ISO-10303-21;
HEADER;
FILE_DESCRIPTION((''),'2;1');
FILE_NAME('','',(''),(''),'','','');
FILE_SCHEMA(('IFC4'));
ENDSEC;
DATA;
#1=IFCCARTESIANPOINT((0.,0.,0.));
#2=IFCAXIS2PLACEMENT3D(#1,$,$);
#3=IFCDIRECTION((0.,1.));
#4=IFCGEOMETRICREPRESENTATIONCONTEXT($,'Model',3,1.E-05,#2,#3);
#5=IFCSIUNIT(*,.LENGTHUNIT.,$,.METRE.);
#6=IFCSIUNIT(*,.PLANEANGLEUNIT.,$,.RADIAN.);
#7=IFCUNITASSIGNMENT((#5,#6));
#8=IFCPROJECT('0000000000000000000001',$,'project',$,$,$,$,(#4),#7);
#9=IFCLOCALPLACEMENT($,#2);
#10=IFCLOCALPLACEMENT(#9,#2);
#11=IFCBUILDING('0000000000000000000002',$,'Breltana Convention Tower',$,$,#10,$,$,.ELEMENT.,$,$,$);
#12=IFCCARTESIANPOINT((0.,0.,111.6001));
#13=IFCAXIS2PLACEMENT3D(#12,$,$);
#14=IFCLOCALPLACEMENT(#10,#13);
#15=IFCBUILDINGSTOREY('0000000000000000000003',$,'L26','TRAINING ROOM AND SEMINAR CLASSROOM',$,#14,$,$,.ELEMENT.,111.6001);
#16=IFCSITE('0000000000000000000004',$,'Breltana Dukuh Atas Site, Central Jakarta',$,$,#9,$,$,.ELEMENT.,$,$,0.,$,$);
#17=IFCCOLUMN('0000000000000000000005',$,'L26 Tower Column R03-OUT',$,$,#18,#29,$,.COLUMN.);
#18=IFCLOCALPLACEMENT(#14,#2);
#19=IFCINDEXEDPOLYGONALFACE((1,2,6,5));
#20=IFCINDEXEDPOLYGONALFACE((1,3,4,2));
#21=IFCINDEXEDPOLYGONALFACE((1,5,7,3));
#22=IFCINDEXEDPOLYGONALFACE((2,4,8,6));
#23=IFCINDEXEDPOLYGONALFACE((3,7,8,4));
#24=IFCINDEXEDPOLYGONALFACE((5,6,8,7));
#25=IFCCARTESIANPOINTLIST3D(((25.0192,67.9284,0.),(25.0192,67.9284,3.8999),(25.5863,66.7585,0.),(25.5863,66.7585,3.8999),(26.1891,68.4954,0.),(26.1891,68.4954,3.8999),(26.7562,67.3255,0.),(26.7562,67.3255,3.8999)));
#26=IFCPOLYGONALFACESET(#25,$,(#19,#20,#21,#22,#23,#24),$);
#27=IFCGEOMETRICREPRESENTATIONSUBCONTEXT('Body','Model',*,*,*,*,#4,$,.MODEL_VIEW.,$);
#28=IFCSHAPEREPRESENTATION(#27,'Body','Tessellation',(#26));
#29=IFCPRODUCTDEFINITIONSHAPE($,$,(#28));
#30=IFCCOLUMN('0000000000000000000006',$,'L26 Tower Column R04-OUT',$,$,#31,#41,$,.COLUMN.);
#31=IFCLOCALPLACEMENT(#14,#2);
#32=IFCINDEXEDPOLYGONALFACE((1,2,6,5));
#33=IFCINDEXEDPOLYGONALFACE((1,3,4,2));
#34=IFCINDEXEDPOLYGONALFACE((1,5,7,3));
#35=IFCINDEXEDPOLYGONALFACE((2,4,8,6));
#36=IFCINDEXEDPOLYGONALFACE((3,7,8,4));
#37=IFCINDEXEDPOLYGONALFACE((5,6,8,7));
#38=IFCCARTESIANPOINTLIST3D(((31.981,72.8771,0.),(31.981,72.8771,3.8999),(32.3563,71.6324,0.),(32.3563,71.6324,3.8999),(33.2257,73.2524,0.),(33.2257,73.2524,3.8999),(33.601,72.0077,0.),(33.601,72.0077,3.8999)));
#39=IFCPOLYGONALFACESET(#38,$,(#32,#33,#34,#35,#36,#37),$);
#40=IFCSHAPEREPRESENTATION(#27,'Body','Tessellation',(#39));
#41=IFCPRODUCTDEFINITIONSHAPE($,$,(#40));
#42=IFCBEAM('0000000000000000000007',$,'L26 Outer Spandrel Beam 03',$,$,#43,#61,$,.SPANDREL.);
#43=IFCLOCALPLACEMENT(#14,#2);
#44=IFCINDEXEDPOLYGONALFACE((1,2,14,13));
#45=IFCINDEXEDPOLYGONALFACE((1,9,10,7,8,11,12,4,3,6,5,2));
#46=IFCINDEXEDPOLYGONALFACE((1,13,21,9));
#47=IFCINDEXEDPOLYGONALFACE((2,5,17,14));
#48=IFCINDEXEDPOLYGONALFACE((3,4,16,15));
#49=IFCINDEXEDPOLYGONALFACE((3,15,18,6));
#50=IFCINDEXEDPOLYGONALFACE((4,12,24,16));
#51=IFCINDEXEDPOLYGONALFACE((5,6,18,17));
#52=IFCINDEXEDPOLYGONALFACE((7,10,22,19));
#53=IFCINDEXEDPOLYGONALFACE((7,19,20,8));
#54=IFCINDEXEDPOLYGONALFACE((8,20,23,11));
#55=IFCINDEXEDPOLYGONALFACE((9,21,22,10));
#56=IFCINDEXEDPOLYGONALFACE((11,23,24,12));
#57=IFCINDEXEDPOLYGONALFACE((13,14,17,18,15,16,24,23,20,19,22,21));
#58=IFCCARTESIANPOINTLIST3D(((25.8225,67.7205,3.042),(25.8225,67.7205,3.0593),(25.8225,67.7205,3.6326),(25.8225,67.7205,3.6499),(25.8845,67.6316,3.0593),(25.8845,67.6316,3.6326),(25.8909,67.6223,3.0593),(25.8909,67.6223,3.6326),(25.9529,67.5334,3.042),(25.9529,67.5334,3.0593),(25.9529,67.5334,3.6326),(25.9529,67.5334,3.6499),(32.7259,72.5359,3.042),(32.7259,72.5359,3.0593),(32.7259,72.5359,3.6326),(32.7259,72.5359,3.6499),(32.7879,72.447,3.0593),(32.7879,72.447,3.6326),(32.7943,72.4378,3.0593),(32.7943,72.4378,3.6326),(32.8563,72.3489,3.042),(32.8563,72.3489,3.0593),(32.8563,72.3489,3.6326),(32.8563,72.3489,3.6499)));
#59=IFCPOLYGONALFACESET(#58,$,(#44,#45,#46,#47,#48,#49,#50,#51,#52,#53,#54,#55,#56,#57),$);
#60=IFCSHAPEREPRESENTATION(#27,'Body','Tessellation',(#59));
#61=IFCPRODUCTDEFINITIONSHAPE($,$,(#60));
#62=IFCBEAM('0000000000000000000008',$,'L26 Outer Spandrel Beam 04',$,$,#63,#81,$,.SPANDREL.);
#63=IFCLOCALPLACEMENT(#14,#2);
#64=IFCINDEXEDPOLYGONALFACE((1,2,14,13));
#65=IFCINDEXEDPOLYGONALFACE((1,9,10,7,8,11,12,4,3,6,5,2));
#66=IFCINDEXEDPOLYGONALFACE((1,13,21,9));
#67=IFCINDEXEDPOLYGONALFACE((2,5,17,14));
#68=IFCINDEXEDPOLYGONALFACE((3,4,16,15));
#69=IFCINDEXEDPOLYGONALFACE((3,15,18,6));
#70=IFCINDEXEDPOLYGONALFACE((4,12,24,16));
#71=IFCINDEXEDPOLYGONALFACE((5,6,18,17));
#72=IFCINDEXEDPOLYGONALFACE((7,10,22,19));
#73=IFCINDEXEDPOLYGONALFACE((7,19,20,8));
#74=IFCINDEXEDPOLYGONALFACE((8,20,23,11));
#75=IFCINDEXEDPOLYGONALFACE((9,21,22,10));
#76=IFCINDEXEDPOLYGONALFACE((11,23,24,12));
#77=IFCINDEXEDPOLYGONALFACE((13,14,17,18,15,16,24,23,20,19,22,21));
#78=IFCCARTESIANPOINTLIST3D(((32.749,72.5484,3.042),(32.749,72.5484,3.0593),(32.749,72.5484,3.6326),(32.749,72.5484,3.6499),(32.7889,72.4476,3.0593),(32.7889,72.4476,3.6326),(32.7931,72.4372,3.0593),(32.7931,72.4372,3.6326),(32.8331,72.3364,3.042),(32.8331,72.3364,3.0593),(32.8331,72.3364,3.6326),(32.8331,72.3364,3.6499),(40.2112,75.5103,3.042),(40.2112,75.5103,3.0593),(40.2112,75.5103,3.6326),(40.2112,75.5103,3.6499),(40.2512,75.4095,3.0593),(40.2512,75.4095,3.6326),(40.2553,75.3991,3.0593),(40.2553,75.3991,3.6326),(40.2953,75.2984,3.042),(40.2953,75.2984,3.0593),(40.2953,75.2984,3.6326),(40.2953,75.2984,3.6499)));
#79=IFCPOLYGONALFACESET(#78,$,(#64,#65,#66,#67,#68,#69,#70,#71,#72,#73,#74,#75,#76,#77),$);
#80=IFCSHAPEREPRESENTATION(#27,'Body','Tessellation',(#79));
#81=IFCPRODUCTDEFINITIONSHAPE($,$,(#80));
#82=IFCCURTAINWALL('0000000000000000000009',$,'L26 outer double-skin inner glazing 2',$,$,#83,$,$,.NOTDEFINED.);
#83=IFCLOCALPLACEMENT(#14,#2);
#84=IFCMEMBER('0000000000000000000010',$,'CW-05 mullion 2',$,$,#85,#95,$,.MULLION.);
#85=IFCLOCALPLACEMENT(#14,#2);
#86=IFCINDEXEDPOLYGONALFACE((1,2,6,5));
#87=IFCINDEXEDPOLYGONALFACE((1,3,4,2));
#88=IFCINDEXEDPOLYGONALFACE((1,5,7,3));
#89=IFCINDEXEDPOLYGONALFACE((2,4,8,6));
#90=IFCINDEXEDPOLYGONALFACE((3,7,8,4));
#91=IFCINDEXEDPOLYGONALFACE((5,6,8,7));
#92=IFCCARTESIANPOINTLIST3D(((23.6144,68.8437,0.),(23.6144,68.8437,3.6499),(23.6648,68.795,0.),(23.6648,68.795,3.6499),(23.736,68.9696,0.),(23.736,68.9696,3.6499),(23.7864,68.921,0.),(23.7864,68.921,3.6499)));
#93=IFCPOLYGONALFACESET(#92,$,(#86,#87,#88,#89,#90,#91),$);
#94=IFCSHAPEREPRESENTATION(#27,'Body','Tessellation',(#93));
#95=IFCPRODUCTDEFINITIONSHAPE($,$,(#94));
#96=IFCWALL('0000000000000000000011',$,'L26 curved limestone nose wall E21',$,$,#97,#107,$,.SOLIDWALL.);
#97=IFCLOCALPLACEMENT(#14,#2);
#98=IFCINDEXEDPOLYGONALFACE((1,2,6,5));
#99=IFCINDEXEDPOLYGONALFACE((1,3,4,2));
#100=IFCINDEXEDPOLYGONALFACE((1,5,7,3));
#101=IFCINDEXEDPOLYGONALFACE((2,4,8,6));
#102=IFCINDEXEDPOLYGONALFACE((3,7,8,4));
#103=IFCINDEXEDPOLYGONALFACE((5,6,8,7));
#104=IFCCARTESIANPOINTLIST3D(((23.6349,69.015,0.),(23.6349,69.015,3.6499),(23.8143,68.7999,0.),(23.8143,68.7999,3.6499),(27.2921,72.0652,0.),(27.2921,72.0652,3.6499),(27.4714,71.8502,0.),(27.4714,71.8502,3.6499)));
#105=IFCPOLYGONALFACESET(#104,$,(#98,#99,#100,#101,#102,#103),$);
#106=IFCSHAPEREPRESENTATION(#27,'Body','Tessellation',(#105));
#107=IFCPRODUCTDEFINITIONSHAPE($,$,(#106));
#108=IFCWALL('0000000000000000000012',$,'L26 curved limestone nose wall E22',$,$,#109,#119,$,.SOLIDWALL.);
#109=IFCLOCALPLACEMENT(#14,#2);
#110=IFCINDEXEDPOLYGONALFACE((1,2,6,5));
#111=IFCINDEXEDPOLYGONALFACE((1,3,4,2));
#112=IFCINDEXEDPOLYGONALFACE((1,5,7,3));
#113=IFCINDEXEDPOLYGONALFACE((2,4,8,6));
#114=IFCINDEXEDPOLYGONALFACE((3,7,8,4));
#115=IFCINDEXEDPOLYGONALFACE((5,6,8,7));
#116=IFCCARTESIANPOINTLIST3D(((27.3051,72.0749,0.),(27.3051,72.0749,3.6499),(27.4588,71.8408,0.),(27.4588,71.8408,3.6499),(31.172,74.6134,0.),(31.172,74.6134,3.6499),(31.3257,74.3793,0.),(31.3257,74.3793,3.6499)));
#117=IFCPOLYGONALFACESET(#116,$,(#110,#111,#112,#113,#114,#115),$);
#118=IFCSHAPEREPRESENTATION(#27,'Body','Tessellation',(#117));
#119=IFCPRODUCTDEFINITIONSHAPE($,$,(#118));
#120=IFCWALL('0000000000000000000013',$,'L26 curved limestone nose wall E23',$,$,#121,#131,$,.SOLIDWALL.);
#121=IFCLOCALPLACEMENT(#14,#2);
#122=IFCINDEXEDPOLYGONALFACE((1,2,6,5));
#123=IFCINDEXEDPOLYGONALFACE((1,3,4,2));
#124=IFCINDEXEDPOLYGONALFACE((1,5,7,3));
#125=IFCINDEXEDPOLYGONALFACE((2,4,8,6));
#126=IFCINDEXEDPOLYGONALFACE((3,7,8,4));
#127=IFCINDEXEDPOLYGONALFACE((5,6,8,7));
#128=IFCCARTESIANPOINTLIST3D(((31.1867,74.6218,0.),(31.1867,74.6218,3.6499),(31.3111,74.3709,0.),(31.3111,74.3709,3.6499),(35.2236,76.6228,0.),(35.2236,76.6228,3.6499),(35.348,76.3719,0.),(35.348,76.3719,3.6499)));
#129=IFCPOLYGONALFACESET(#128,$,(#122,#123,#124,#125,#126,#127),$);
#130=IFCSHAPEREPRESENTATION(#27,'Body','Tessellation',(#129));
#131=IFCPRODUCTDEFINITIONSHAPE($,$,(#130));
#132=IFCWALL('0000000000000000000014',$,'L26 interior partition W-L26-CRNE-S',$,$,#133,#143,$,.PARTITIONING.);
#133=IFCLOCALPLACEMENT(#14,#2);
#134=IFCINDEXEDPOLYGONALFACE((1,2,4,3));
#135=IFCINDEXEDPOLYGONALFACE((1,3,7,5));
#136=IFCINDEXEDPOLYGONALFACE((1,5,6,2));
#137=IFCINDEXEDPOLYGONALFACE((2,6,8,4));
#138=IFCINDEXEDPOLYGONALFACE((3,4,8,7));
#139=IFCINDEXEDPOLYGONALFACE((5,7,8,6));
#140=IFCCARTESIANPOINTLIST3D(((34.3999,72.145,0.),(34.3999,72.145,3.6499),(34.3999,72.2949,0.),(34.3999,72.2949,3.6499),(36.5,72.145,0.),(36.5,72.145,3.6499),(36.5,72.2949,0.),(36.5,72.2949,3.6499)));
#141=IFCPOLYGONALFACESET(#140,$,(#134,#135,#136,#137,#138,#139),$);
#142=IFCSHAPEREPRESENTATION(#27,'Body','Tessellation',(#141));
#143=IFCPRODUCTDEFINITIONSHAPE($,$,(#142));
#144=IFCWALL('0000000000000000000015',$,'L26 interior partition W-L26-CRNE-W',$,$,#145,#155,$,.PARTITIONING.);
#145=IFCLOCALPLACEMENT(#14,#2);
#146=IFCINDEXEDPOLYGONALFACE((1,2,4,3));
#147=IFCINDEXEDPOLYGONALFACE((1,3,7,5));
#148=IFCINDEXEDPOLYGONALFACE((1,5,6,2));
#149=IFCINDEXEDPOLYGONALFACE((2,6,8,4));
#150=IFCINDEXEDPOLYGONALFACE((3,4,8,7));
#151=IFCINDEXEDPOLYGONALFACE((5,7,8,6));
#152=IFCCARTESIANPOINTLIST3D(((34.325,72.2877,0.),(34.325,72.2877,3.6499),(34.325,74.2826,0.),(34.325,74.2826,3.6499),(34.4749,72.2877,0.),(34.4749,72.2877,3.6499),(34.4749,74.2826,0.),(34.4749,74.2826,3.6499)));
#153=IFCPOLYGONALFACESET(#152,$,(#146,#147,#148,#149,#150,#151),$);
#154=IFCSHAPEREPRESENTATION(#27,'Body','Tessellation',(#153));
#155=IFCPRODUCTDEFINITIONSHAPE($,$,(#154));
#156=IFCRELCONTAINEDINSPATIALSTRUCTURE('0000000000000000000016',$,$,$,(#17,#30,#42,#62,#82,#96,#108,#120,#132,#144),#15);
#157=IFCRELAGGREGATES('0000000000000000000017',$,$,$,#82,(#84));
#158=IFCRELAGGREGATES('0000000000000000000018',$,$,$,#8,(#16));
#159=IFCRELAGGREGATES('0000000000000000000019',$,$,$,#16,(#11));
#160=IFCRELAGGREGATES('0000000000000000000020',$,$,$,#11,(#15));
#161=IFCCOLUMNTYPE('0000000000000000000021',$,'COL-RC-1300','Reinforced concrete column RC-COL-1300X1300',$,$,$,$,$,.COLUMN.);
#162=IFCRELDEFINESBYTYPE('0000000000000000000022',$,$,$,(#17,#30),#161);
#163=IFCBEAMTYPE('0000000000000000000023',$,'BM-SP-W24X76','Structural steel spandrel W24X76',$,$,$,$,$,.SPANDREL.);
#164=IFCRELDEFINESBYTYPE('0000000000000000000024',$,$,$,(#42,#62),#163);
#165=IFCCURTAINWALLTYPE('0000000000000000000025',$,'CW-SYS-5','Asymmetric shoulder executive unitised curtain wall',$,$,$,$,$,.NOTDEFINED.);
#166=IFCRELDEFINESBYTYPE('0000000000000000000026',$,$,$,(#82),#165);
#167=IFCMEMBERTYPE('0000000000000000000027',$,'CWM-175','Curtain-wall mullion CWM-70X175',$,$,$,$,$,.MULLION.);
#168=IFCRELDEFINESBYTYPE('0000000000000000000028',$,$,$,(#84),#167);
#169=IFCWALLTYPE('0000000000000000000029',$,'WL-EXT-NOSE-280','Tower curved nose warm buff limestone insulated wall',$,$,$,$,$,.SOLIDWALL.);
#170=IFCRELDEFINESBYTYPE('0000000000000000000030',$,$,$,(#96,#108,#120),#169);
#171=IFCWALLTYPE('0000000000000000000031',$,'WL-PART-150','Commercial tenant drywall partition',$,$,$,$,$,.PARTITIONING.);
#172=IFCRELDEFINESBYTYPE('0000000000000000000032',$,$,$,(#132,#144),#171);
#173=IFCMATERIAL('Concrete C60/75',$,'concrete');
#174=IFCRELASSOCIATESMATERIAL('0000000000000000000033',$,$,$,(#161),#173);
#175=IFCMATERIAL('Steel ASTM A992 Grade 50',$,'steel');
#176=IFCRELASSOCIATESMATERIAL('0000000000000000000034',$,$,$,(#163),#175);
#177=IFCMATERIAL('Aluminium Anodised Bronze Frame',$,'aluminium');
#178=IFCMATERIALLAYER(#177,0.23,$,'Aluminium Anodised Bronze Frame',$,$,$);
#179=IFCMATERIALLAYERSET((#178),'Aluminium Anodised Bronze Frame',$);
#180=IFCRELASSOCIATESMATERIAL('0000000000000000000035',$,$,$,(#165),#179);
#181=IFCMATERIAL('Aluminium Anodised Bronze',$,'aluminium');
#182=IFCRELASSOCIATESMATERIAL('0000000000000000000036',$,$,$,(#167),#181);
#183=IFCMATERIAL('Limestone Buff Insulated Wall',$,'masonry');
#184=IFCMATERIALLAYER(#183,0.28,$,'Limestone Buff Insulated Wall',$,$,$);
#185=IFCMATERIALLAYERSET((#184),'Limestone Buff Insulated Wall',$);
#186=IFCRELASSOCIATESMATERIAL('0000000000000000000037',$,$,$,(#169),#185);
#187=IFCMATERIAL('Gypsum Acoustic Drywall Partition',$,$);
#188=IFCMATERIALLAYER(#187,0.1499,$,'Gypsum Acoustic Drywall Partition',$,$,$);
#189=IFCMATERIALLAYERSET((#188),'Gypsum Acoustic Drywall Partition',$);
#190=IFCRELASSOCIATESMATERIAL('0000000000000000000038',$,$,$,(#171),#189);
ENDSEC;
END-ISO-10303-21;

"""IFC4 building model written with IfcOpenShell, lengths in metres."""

from ifc_helpers import new_model, si_unit, direction, frame, frame_2d, origin, origin_2d, place, context, subcontext, project, spatial, rectangle, i_section, extrude, source, transform, mapped, material, layer, layer_set, material_profile, profile_set, type_object, element, aggregate, save


model = new_model("IFC4")

# Units and contexts
model_context = context("Model", 3, precision=1e-05, world=origin(), true_north=direction((0.0, 1.0)))
body_context = subcontext(model_context, "Body", "Model", "MODEL_VIEW")
ifc_project = project(units=[si_unit("LENGTHUNIT", "METRE"), si_unit("PLANEANGLEUNIT", "RADIAN")], contexts=[model_context])

# Site, building, storey
site_placement = place(None, origin())
site = spatial("IfcSite", under=ifc_project, at=site_placement, Name="Breltana Dukuh Atas Site, Central Jakarta", CompositionType="ELEMENT", RefElevation=0.0)
building_placement = place(site_placement, origin())
building = spatial("IfcBuilding", under=site, at=building_placement, Name="Breltana Convention Tower", CompositionType="ELEMENT")
storey_placement = place(building_placement, frame((0.0, 0.0, 111.6001)))
storey = spatial("IfcBuildingStorey", under=building, at=storey_placement, Name="L26", Description="TRAINING ROOM AND SEMINAR CLASSROOM", CompositionType="ELEMENT", Elevation=111.6001)

# Columns
ifc_material_1 = material(Name="Concrete C60/75", Category="concrete")
ifc_material_profile_1 = material_profile(ifc_material_1, rectangle(XDim=1.3, YDim=1.3, at=origin_2d()), Name="RC-COL-1300X1300")
ifc_profile_set_1 = profile_set([ifc_material_profile_1], Name="Concrete C60/75")
column_type = type_object("IfcColumnType", Name="COL-RC-1300", Description="Reinforced concrete column RC-COL-1300X1300", PredefinedType="COLUMN", material=ifc_profile_set_1)
shared_shape_1 = source(origin(), body_context, "Body", "SweptSolid", [
    extrude(rectangle(XDim=1.3, YDim=1.3, at=origin_2d()), origin(), (0.0, 0.0, 1.0), 3.8999),
])
for number, where, z_axis, x_axis, name in (
    (1, (25.8877, 67.627, 0.0), (0.0, 0.0, 1.0), (-0.436174, 0.899863, 0.0), "L26 Tower Column R03-OUT"),
    (2, (32.791, 72.4424, 0.0), (0.0, 0.0, 1.0), (-0.288698, 0.95742, 0.0), "L26 Tower Column R04-OUT"),
):
    element("IfcColumn", number, at=place(storey_placement, frame(where, z_axis=z_axis, x_axis=x_axis)), inside=storey, type_object=column_type, Name=name, PredefinedType="COLUMN", context=body_context, shape_type="MappedRepresentation", body=[
        mapped(shared_shape_1, transform((0.0, 0.0, 0.0), scale=1.0)),
    ])

# Beams
ifc_material_2 = material(Name="Steel ASTM A992 Grade 50", Category="steel")
ifc_material_profile_2 = material_profile(ifc_material_2, i_section(OverallWidth=0.228, OverallDepth=0.6079, WebThickness=0.0112, FlangeThickness=0.0173, at=origin_2d()), Name="W24X76")
ifc_profile_set_2 = profile_set([ifc_material_profile_2], Name="Steel ASTM A992 Grade 50")
beam_type = type_object("IfcBeamType", Name="BM-SP-W24X76", Description="Structural steel spandrel W24X76", PredefinedType="SPANDREL", material=ifc_profile_set_2)
shared_shape_2 = source(origin(), body_context, "Body", "SweptSolid", [
    extrude(i_section(OverallWidth=0.228, OverallDepth=0.6079, WebThickness=0.0112, FlangeThickness=0.0173, at=origin_2d()), origin(), (0.0, 0.0, 1.0), 8.417),
])
beam_1_placement = place(storey_placement, frame((25.8877, 67.627, 3.3459), z_axis=(0.820174, 0.572114, 0.0), x_axis=(-0.572114, 0.820174, 0.0)))
element("IfcBeam", 3, at=beam_1_placement, inside=storey, type_object=beam_type, Name="L26 Outer Spandrel Beam 03", PredefinedType="SPANDREL", context=body_context, shape_type="MappedRepresentation", body=[
    mapped(shared_shape_2, transform((0.0, 0.0, 0.0), scale=1.0)),
])
shared_shape_3 = source(origin(), body_context, "Body", "SweptSolid", [
    extrude(i_section(OverallWidth=0.228, OverallDepth=0.6079, WebThickness=0.0112, FlangeThickness=0.0173, at=origin_2d()), origin(), (0.0, 0.0, 1.0), 8.0286),
])
beam_2_placement = place(storey_placement, frame((32.791, 72.4424, 3.3459), z_axis=(0.929459, 0.368925, 0.0), x_axis=(-0.368925, 0.929459, 0.0)))
element("IfcBeam", 4, at=beam_2_placement, inside=storey, type_object=beam_type, Name="L26 Outer Spandrel Beam 04", PredefinedType="SPANDREL", context=body_context, shape_type="MappedRepresentation", body=[
    mapped(shared_shape_3, transform((0.0, 0.0, 0.0), scale=1.0)),
])

# Curtain wall, member
ifc_material_3 = material(Name="Aluminium Anodised Bronze Frame", Category="aluminium")
ifc_layer_1 = layer(ifc_material_3, 0.23, Name="Aluminium Anodised Bronze Frame")
ifc_layer_set_1 = layer_set([ifc_layer_1], Name="Aluminium Anodised Bronze Frame")
curtain_wall_type = type_object("IfcCurtainWallType", Name="CW-SYS-5", Description="Asymmetric shoulder executive unitised curtain wall", PredefinedType="NOTDEFINED", material=ifc_layer_set_1)
curtain_wall_placement = place(storey_placement, origin())
curtain_wall = element("IfcCurtainWall", 5, at=curtain_wall_placement, inside=storey, type_object=curtain_wall_type, Name="L26 outer double-skin inner glazing 2", PredefinedType="NOTDEFINED")
ifc_material_4 = material(Name="Aluminium Anodised Bronze", Category="aluminium")
ifc_material_profile_3 = material_profile(ifc_material_4, rectangle(XDim=0.0701, YDim=0.175, at=origin_2d()), Name="CWM-70X175")
ifc_profile_set_3 = profile_set([ifc_material_profile_3], Name="Aluminium Anodised Bronze")
member_type = type_object("IfcMemberType", Name="CWM-175", Description="Curtain-wall mullion CWM-70X175", PredefinedType="MULLION", material=ifc_profile_set_3)
shared_shape_4 = source(origin(), body_context, "Body", "SweptSolid", [
    extrude(rectangle(XDim=0.0701, YDim=0.175, at=origin_2d()), origin(), (0.0, 0.0, 1.0), 3.6499),
])
member_placement = place(storey_placement, frame((23.7004, 68.8823, 0.0), z_axis=(0.0, 0.0, 1.0), x_axis=(-0.719385, 0.694612, 0.0)))
member = element("IfcMember", 6, at=member_placement, type_object=member_type, Name="CW-05 mullion 2", PredefinedType="MULLION", context=body_context, shape_type="MappedRepresentation", body=[
    mapped(shared_shape_4, transform((0.0, 0.0, 0.0), scale=1.0)),
])
aggregate(curtain_wall, [member])

# Walls
ifc_material_5 = material(Name="Limestone Buff Insulated Wall", Category="masonry")
ifc_layer_2 = layer(ifc_material_5, 0.28, Name="Limestone Buff Insulated Wall")
ifc_layer_set_2 = layer_set([ifc_layer_2], Name="Limestone Buff Insulated Wall")
wall_type_1 = type_object("IfcWallType", Name="WL-EXT-NOSE-280", Description="Tower curved nose warm buff limestone insulated wall", PredefinedType="SOLIDWALL", material=ifc_layer_set_2)
shared_shape_5 = source(origin(), body_context, "Body", "SweptSolid", [
    extrude(rectangle(XDim=4.7622, YDim=0.28, at=frame_2d((2.3811, 0.0))), origin(), (0.0, 0.0, 1.0), 3.6499),
])
wall_1_placement = place(storey_placement, frame((23.7246, 68.9075, 0.0), z_axis=(0.0, 0.0, 1.0), x_axis=(0.767952, 0.640507, 0.0)))
element("IfcWall", 7, at=wall_1_placement, inside=storey, type_object=wall_type_1, Name="L26 curved limestone nose wall E21", PredefinedType="SOLIDWALL", context=body_context, shape_type="MappedRepresentation", body=[
    mapped(shared_shape_5, transform((0.0, 0.0, 0.0), scale=1.0)),
])
shared_shape_6 = source(origin(), body_context, "Body", "SweptSolid", [
    extrude(rectangle(XDim=4.6257, YDim=0.28, at=frame_2d((2.313, 0.0))), origin(), (0.0, 0.0, 1.0), 3.6499),
])
wall_2_placement = place(storey_placement, frame((27.3818, 71.9578, 0.0), z_axis=(0.0, 0.0, 1.0), x_axis=(0.835959, 0.548791, 0.0)))
element("IfcWall", 8, at=wall_2_placement, inside=storey, type_object=wall_type_1, Name="L26 curved limestone nose wall E22", PredefinedType="SOLIDWALL", context=body_context, shape_type="MappedRepresentation", body=[
    mapped(shared_shape_6, transform((0.0, 0.0, 0.0), scale=1.0)),
])
shared_shape_7 = source(origin(), body_context, "Body", "SweptSolid", [
    extrude(rectangle(XDim=4.5056, YDim=0.28, at=frame_2d((2.2529, 0.0))), origin(), (0.0, 0.0, 1.0), 3.6499),
])
wall_3_placement = place(storey_placement, frame((31.2488, 74.4963, 0.0), z_axis=(0.0, 0.0, 1.0), x_axis=(0.895972, 0.444111, 0.0)))
element("IfcWall", 9, at=wall_3_placement, inside=storey, type_object=wall_type_1, Name="L26 curved limestone nose wall E23", PredefinedType="SOLIDWALL", context=body_context, shape_type="MappedRepresentation", body=[
    mapped(shared_shape_7, transform((0.0, 0.0, 0.0), scale=1.0)),
])
ifc_material_6 = material(Name="Gypsum Acoustic Drywall Partition")
ifc_layer_3 = layer(ifc_material_6, 0.1499, Name="Gypsum Acoustic Drywall Partition")
ifc_layer_set_3 = layer_set([ifc_layer_3], Name="Gypsum Acoustic Drywall Partition")
wall_type_2 = type_object("IfcWallType", Name="WL-PART-150", Description="Commercial tenant drywall partition", PredefinedType="PARTITIONING", material=ifc_layer_set_3)
shared_shape_8 = source(origin(), body_context, "Body", "SweptSolid", [
    extrude(rectangle(XDim=2.1001, YDim=0.1499, at=frame_2d((1.05, 0.0))), origin(), (0.0, 0.0, 1.0), 3.6499),
])
wall_4_placement = place(storey_placement, frame((34.3999, 72.22, 0.0), z_axis=(0.0, 0.0, 1.0), x_axis=(1.0, 0.0, 0.0)))
element("IfcWall", 10, at=wall_4_placement, inside=storey, type_object=wall_type_2, Name="L26 interior partition W-L26-CRNE-S", PredefinedType="PARTITIONING", context=body_context, shape_type="MappedRepresentation", body=[
    mapped(shared_shape_8, transform((0.0, 0.0, 0.0), scale=1.0)),
])
shared_shape_9 = source(origin(), body_context, "Body", "SweptSolid", [
    extrude(rectangle(XDim=1.9949, YDim=0.1499, at=frame_2d((0.9976, 0.0))), origin(), (0.0, 0.0, 1.0), 3.6499),
])
wall_5_placement = place(storey_placement, frame((34.3999, 72.2876, 0.0), z_axis=(0.0, 0.0, 1.0), x_axis=(0.0, 1.0, 0.0)))
element("IfcWall", 11, at=wall_5_placement, inside=storey, type_object=wall_type_2, Name="L26 interior partition W-L26-CRNE-W", PredefinedType="PARTITIONING", context=body_context, shape_type="MappedRepresentation", body=[
    mapped(shared_shape_9, transform((0.0, 0.0, 0.0), scale=1.0)),
])

save(model, "model.ifc")
